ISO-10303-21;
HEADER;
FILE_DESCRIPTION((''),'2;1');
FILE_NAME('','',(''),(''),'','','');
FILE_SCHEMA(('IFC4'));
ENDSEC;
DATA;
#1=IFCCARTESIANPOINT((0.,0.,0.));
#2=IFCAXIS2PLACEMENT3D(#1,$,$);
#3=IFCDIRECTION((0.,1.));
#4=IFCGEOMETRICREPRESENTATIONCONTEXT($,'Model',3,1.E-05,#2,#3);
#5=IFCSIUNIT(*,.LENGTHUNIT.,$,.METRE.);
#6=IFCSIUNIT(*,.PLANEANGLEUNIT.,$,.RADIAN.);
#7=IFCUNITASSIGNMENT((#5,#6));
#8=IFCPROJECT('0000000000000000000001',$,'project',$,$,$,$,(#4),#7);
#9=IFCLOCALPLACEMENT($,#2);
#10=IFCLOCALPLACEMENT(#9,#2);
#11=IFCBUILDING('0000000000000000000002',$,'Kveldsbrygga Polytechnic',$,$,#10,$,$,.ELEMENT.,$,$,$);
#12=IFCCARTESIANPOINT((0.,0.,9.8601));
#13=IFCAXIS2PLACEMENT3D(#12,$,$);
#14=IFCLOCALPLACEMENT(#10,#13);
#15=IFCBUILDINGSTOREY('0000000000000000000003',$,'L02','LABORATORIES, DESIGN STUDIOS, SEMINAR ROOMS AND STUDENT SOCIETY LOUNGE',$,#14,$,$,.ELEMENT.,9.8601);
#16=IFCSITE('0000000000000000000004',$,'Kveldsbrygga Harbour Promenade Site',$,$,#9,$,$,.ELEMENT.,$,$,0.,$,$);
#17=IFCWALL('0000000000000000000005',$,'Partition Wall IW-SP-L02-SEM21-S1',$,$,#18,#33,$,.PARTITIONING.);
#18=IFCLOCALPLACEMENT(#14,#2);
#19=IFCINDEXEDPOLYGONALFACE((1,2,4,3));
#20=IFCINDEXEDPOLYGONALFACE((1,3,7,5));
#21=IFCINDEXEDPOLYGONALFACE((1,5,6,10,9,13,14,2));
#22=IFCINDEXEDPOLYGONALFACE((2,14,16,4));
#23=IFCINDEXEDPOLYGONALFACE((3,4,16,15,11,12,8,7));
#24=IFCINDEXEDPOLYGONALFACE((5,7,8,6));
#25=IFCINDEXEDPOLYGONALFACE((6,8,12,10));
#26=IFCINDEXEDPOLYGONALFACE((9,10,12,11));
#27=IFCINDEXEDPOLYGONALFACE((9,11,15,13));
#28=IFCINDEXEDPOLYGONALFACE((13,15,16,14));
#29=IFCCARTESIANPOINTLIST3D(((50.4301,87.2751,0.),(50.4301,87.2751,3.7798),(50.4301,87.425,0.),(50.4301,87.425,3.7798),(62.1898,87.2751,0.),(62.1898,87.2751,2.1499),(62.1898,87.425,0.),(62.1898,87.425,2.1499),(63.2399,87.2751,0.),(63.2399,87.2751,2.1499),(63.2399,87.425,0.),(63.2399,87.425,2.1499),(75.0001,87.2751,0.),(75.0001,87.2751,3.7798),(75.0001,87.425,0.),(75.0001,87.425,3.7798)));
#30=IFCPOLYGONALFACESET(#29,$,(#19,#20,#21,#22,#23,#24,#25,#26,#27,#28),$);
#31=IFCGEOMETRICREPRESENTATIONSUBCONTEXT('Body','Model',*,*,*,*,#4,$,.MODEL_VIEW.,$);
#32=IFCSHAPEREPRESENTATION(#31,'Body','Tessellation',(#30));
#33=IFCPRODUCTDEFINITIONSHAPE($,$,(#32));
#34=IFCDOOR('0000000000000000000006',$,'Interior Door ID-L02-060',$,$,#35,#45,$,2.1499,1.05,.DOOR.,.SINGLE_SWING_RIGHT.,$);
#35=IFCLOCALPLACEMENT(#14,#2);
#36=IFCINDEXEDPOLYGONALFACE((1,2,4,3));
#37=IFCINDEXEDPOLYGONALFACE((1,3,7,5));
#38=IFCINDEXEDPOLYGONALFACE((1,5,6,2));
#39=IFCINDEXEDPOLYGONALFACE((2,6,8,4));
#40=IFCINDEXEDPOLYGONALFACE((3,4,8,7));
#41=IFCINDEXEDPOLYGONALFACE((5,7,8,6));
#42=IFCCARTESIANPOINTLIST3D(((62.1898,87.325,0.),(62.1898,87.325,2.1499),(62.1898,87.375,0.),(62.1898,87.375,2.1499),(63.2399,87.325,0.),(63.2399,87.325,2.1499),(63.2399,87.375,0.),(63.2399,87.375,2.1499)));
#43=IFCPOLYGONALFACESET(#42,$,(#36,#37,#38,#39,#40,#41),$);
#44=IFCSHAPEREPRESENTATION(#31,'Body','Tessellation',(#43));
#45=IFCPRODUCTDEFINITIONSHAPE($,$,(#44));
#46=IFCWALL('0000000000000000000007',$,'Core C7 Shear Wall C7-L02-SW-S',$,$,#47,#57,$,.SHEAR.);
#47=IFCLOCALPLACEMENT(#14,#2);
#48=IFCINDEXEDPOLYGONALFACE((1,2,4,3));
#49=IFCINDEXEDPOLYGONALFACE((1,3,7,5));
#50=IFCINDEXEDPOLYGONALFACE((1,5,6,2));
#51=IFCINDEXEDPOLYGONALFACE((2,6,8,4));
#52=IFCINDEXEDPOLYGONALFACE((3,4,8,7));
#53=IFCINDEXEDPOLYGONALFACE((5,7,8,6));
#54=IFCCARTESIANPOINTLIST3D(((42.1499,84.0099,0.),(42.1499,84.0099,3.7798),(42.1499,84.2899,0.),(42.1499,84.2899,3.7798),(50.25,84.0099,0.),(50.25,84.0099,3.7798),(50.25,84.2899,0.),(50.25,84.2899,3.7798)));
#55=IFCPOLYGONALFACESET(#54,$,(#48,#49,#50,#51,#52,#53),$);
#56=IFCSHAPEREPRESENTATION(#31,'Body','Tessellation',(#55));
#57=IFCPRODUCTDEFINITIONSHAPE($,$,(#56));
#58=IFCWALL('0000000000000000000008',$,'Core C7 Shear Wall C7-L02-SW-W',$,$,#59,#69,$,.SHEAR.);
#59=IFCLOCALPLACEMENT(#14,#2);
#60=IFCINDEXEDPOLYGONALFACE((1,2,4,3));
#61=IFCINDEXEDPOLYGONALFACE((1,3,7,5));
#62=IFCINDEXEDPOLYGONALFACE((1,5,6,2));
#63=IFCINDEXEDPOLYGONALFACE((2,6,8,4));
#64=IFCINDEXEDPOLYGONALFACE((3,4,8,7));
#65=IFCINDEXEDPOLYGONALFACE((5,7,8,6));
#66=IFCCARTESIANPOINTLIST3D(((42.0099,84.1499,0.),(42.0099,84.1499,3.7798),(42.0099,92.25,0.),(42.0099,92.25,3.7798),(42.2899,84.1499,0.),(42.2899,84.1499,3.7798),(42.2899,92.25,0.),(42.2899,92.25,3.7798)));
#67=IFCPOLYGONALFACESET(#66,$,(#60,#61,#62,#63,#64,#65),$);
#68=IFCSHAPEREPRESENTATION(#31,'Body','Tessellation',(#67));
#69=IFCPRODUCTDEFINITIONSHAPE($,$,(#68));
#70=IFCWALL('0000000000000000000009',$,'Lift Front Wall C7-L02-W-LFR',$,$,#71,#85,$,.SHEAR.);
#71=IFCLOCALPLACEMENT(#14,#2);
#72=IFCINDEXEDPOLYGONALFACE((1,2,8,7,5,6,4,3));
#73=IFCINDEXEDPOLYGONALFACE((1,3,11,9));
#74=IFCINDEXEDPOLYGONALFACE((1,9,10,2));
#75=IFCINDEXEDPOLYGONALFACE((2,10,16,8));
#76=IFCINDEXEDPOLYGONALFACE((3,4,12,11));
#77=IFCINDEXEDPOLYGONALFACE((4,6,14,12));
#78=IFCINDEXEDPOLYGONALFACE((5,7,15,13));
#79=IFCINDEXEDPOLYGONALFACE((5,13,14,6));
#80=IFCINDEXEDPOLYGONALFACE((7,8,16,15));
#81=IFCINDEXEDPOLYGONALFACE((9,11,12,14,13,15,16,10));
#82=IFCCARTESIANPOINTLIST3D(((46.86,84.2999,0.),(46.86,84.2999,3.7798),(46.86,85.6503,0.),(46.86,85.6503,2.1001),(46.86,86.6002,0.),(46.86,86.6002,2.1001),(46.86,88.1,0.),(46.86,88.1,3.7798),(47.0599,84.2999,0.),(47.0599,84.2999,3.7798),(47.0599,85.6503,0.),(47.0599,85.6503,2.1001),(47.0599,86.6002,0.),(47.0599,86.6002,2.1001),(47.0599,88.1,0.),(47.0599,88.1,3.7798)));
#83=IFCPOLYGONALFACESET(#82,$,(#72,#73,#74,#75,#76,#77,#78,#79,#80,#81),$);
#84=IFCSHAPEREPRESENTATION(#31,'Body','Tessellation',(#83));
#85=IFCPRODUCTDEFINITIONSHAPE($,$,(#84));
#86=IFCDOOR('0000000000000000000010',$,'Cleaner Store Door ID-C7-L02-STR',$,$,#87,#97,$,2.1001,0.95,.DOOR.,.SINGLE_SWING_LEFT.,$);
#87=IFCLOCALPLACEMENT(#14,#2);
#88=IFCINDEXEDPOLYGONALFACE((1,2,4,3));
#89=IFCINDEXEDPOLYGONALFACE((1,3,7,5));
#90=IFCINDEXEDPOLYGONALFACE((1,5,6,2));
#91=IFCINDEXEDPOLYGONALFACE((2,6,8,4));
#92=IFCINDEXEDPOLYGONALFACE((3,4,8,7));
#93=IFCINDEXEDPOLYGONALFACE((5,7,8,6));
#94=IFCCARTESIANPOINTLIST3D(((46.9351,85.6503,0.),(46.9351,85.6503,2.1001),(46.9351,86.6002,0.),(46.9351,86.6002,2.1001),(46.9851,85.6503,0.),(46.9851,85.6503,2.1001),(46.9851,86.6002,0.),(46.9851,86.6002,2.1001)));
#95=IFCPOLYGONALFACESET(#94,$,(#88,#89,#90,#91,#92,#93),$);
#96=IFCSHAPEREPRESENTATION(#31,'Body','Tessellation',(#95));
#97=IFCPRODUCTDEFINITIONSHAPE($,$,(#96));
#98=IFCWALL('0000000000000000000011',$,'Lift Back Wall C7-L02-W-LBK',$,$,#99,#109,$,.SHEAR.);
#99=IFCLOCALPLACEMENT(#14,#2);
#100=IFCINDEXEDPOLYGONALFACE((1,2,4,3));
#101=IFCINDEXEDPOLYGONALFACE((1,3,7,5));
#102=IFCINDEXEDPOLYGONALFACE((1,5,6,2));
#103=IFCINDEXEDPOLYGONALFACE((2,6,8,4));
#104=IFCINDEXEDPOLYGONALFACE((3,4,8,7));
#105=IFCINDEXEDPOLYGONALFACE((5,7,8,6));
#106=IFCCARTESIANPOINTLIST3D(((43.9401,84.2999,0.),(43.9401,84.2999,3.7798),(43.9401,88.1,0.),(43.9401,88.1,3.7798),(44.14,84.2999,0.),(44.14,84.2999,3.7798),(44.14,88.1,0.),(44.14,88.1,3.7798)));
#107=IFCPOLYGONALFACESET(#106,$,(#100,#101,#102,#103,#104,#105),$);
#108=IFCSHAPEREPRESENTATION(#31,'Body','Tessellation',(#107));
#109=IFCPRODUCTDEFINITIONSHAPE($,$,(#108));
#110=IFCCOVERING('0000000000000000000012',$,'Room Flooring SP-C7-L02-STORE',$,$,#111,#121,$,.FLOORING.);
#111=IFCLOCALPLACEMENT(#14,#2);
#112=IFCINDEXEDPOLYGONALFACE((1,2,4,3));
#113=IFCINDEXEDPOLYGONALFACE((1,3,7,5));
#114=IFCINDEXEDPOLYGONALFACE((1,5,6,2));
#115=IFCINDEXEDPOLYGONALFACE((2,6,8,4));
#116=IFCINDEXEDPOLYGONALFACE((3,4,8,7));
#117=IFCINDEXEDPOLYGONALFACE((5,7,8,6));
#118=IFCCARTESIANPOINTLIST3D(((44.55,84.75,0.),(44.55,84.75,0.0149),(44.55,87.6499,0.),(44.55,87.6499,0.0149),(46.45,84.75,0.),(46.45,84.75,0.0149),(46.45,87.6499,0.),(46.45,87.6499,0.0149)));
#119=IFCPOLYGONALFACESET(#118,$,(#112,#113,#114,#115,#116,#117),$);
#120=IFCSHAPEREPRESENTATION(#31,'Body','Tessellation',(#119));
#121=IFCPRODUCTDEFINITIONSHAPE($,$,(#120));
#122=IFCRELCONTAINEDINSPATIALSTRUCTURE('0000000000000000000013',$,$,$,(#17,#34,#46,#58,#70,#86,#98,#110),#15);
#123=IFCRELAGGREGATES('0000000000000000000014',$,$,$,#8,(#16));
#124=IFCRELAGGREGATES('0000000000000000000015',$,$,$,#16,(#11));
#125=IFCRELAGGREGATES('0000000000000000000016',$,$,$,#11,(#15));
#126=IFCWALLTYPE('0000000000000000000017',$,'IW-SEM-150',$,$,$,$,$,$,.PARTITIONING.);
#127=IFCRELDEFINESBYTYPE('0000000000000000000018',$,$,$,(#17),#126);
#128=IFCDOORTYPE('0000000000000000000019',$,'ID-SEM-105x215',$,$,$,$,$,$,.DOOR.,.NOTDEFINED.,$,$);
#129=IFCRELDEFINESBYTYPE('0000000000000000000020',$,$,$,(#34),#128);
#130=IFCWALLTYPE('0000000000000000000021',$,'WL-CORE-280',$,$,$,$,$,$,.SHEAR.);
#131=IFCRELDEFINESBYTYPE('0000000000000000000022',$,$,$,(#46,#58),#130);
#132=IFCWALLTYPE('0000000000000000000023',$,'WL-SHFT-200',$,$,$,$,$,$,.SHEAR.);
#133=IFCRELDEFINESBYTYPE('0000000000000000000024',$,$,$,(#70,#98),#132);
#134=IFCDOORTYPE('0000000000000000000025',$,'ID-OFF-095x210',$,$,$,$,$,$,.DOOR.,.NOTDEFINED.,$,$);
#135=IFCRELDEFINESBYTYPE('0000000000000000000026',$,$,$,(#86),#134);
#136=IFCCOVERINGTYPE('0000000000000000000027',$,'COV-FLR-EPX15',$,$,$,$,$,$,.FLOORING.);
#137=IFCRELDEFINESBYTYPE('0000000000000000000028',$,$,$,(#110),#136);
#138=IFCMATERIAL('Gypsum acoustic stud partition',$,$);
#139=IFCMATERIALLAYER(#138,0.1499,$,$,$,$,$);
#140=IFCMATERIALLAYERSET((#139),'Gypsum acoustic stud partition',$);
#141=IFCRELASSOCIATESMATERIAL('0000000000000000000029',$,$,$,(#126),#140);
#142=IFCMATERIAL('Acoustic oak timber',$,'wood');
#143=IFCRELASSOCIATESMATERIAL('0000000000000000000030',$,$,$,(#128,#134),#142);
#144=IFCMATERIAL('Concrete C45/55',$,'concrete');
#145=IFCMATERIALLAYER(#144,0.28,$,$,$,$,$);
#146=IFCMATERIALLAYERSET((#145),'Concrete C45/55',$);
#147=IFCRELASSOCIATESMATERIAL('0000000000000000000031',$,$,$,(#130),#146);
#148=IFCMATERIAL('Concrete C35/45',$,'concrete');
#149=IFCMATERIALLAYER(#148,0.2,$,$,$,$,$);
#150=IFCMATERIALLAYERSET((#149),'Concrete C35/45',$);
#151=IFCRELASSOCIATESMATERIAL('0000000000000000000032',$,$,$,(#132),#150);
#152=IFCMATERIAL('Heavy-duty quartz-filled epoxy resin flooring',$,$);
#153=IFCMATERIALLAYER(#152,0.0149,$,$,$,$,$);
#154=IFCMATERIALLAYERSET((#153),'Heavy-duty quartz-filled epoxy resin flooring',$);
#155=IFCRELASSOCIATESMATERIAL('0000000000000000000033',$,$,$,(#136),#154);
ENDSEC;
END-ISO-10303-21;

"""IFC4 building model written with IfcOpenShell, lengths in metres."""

from ifc_helpers import new_model, si_unit, direction, frame, frame_2d, origin, origin_2d, place, context, subcontext, project, spatial, rectangle, extrude, material, layer, layer_set, type_object, element, fill, save


model = new_model("IFC4")

# Units and contexts
model_context = context("Model", 3, precision=1e-05, world=origin(), true_north=direction((0.0, 1.0)))
body_context = subcontext(model_context, "Body", "Model", "MODEL_VIEW")
ifc_project = project(units=[si_unit("LENGTHUNIT", "METRE"), si_unit("PLANEANGLEUNIT", "RADIAN")], contexts=[model_context])

# Site, building, storey
site_placement = place(None, origin())
site = spatial("IfcSite", under=ifc_project, at=site_placement, Name="Kveldsbrygga Harbour Promenade Site", CompositionType="ELEMENT", RefElevation=0.0)
building_placement = place(site_placement, origin())
building = spatial("IfcBuilding", under=site, at=building_placement, Name="Kveldsbrygga Polytechnic", CompositionType="ELEMENT")
storey_placement = place(building_placement, frame((0.0, 0.0, 9.8601)))
storey = spatial("IfcBuildingStorey", under=building, at=storey_placement, Name="L02", Description="LABORATORIES, DESIGN STUDIOS, SEMINAR ROOMS AND STUDENT SOCIETY LOUNGE", CompositionType="ELEMENT", Elevation=9.8601)

# Shared definitions
ifc_material_1 = material(Name="Concrete C45/55", Category="concrete")

# Shared definitions
ifc_material_2 = material(Name="Concrete C35/45", Category="concrete")

# Wall, opening, door
ifc_material_3 = material(Name="Gypsum acoustic stud partition")
ifc_layer_1 = layer(ifc_material_3, 0.1499)
ifc_layer_set_1 = layer_set([ifc_layer_1], Name="Gypsum acoustic stud partition")
wall_type_1 = type_object("IfcWallType", Name="IW-SEM-150", PredefinedType="PARTITIONING", material=ifc_layer_set_1)
wall_1_placement = place(storey_placement, frame((50.4299, 87.3501, 0.0), z_axis=(0.0, 0.0, 1.0), x_axis=(1.0, 0.0, 0.0)))
wall_1 = element("IfcWall", 1, at=wall_1_placement, inside=storey, type_object=wall_type_1, Name="Partition Wall IW-SP-L02-SEM21-S1", PredefinedType="PARTITIONING", context=body_context, shape_type="SweptSolid", body=[
    extrude(rectangle(XDim=24.5701, YDim=0.1499, at=frame_2d((12.2852, 0.0))), origin(), (0.0, 0.0, 1.0), 3.7798),
])
opening_1_placement = place(wall_1_placement, frame((11.76, 0.0, 0.0)))
opening_1 = element("IfcOpeningElement", 2, at=opening_1_placement, cuts=wall_1, PredefinedType="OPENING", context=body_context, shape_type="SweptSolid", body=[
    extrude(rectangle(XDim=1.05, YDim=2.1499, at=frame_2d((0.5249, 1.075))), frame((0.0, 0.085, 0.0), z_axis=(0.0, -1.0, 0.0), x_axis=(1.0, 0.0, 0.0)), (0.0, 0.0, 1.0), 0.1699),
])
ifc_material_4 = material(Name="Acoustic oak timber", Category="wood")
door_type_1 = type_object("IfcDoorType", Name="ID-SEM-105x215", OperationType="NOTDEFINED", PredefinedType="DOOR", material=ifc_material_4)
door_1_placement = place(opening_1_placement, origin())
door_1 = element("IfcDoor", 3, at=door_1_placement, inside=storey, type_object=door_type_1, Name="Interior Door ID-L02-060", OperationType="SINGLE_SWING_RIGHT", OverallHeight=2.1499, OverallWidth=1.05, PredefinedType="DOOR", context=body_context, shape_type="SweptSolid", body=[
    extrude(rectangle(XDim=1.05, YDim=2.1499, at=frame_2d((0.5249, 1.075))), frame((0.0, 0.0249, 0.0), z_axis=(0.0, -1.0, 0.0), x_axis=(1.0, 0.0, 0.0)), (0.0, 0.0, 1.0), 0.05),
])
fill(opening_1, door_1)

# Walls
ifc_layer_2 = layer(ifc_material_1, 0.28)
ifc_layer_set_2 = layer_set([ifc_layer_2], Name="Concrete C45/55")
wall_type_2 = type_object("IfcWallType", Name="WL-CORE-280", PredefinedType="SHEAR", material=ifc_layer_set_2)
for number, where, z_axis, x_axis, name in (
    (4, (42.1499, 84.1499, 0.0), (0.0, 0.0, 1.0), (1.0, 0.0, 0.0), "Core C7 Shear Wall C7-L02-SW-S"),
    (5, (42.1499, 84.1499, 0.0), (0.0, 0.0, 1.0), (0.0, 1.0, 0.0), "Core C7 Shear Wall C7-L02-SW-W"),
):
    element("IfcWall", number, at=place(storey_placement, frame(where, z_axis=z_axis, x_axis=x_axis)), inside=storey, type_object=wall_type_2, Name=name, PredefinedType="SHEAR", context=body_context, shape_type="SweptSolid", body=[
        extrude(rectangle(XDim=8.1001, YDim=0.28, at=frame_2d((4.05, 0.0))), origin(), (0.0, 0.0, 1.0), 3.7798),
    ])

# Wall, opening, door
ifc_layer_3 = layer(ifc_material_2, 0.2)
ifc_layer_set_3 = layer_set([ifc_layer_3], Name="Concrete C35/45")
wall_type_3 = type_object("IfcWallType", Name="WL-SHFT-200", PredefinedType="SHEAR", material=ifc_layer_set_3)
wall_2_placement = place(storey_placement, frame((46.96, 84.3, 0.0), z_axis=(0.0, 0.0, 1.0), x_axis=(0.0, 1.0, 0.0)))
wall_2 = element("IfcWall", 6, at=wall_2_placement, inside=storey, type_object=wall_type_3, Name="Lift Front Wall C7-L02-W-LFR", PredefinedType="SHEAR", context=body_context, shape_type="SweptSolid", body=[
    extrude(rectangle(XDim=3.8, YDim=0.2, at=frame_2d((1.8999, 0.0))), origin(), (0.0, 0.0, 1.0), 3.7798),
])
opening_2_placement = place(wall_2_placement, frame((1.3501, 0.0, 0.0)))
opening_2 = element("IfcOpeningElement", 7, at=opening_2_placement, cuts=wall_2, PredefinedType="OPENING", context=body_context, shape_type="SweptSolid", body=[
    extrude(rectangle(XDim=0.95, YDim=2.1001, at=frame_2d((0.4751, 1.05))), frame((0.0, 0.1099, 0.0), z_axis=(0.0, -1.0, 0.0), x_axis=(1.0, 0.0, 0.0)), (0.0, 0.0, 1.0), 0.22),
])
door_type_2 = type_object("IfcDoorType", Name="ID-OFF-095x210", OperationType="NOTDEFINED", PredefinedType="DOOR", material=ifc_material_4)
door_2_placement = place(opening_2_placement, origin())
door_2 = element("IfcDoor", 8, at=door_2_placement, inside=storey, type_object=door_type_2, Name="Cleaner Store Door ID-C7-L02-STR", OperationType="SINGLE_SWING_LEFT", OverallHeight=2.1001, OverallWidth=0.95, PredefinedType="DOOR", context=body_context, shape_type="SweptSolid", body=[
    extrude(rectangle(XDim=0.95, YDim=2.1001, at=frame_2d((0.4751, 1.05))), frame((0.0, 0.0249, 0.0), z_axis=(0.0, -1.0, 0.0), x_axis=(1.0, 0.0, 0.0)), (0.0, 0.0, 1.0), 0.05),
])
fill(opening_2, door_2)

# Wall
wall_3_placement = place(storey_placement, frame((44.04, 84.3, 0.0), z_axis=(0.0, 0.0, 1.0), x_axis=(0.0, 1.0, 0.0)))
element("IfcWall", 9, at=wall_3_placement, inside=storey, type_object=wall_type_3, Name="Lift Back Wall C7-L02-W-LBK", PredefinedType="SHEAR", context=body_context, shape_type="SweptSolid", body=[
    extrude(rectangle(XDim=3.8, YDim=0.2, at=frame_2d((1.8999, 0.0))), origin(), (0.0, 0.0, 1.0), 3.7798),
])

# Covering
ifc_material_5 = material(Name="Heavy-duty quartz-filled epoxy resin flooring")
ifc_layer_4 = layer(ifc_material_5, 0.0149)
ifc_layer_set_4 = layer_set([ifc_layer_4], Name="Heavy-duty quartz-filled epoxy resin flooring")
covering_type = type_object("IfcCoveringType", Name="COV-FLR-EPX15", PredefinedType="FLOORING", material=ifc_layer_set_4)
covering_placement = place(storey_placement, frame((45.5, 86.2, 0.0), z_axis=(0.0, 0.0, 1.0), x_axis=(1.0, 0.0, 0.0)))
element("IfcCovering", 10, at=covering_placement, inside=storey, type_object=covering_type, Name="Room Flooring SP-C7-L02-STORE", PredefinedType="FLOORING", context=body_context, shape_type="SweptSolid", body=[
    extrude(rectangle(XDim=1.8999, YDim=2.8999, at=origin_2d()), origin(), (0.0, 0.0, 1.0), 0.0149),
])

save(model, "model.ifc")
